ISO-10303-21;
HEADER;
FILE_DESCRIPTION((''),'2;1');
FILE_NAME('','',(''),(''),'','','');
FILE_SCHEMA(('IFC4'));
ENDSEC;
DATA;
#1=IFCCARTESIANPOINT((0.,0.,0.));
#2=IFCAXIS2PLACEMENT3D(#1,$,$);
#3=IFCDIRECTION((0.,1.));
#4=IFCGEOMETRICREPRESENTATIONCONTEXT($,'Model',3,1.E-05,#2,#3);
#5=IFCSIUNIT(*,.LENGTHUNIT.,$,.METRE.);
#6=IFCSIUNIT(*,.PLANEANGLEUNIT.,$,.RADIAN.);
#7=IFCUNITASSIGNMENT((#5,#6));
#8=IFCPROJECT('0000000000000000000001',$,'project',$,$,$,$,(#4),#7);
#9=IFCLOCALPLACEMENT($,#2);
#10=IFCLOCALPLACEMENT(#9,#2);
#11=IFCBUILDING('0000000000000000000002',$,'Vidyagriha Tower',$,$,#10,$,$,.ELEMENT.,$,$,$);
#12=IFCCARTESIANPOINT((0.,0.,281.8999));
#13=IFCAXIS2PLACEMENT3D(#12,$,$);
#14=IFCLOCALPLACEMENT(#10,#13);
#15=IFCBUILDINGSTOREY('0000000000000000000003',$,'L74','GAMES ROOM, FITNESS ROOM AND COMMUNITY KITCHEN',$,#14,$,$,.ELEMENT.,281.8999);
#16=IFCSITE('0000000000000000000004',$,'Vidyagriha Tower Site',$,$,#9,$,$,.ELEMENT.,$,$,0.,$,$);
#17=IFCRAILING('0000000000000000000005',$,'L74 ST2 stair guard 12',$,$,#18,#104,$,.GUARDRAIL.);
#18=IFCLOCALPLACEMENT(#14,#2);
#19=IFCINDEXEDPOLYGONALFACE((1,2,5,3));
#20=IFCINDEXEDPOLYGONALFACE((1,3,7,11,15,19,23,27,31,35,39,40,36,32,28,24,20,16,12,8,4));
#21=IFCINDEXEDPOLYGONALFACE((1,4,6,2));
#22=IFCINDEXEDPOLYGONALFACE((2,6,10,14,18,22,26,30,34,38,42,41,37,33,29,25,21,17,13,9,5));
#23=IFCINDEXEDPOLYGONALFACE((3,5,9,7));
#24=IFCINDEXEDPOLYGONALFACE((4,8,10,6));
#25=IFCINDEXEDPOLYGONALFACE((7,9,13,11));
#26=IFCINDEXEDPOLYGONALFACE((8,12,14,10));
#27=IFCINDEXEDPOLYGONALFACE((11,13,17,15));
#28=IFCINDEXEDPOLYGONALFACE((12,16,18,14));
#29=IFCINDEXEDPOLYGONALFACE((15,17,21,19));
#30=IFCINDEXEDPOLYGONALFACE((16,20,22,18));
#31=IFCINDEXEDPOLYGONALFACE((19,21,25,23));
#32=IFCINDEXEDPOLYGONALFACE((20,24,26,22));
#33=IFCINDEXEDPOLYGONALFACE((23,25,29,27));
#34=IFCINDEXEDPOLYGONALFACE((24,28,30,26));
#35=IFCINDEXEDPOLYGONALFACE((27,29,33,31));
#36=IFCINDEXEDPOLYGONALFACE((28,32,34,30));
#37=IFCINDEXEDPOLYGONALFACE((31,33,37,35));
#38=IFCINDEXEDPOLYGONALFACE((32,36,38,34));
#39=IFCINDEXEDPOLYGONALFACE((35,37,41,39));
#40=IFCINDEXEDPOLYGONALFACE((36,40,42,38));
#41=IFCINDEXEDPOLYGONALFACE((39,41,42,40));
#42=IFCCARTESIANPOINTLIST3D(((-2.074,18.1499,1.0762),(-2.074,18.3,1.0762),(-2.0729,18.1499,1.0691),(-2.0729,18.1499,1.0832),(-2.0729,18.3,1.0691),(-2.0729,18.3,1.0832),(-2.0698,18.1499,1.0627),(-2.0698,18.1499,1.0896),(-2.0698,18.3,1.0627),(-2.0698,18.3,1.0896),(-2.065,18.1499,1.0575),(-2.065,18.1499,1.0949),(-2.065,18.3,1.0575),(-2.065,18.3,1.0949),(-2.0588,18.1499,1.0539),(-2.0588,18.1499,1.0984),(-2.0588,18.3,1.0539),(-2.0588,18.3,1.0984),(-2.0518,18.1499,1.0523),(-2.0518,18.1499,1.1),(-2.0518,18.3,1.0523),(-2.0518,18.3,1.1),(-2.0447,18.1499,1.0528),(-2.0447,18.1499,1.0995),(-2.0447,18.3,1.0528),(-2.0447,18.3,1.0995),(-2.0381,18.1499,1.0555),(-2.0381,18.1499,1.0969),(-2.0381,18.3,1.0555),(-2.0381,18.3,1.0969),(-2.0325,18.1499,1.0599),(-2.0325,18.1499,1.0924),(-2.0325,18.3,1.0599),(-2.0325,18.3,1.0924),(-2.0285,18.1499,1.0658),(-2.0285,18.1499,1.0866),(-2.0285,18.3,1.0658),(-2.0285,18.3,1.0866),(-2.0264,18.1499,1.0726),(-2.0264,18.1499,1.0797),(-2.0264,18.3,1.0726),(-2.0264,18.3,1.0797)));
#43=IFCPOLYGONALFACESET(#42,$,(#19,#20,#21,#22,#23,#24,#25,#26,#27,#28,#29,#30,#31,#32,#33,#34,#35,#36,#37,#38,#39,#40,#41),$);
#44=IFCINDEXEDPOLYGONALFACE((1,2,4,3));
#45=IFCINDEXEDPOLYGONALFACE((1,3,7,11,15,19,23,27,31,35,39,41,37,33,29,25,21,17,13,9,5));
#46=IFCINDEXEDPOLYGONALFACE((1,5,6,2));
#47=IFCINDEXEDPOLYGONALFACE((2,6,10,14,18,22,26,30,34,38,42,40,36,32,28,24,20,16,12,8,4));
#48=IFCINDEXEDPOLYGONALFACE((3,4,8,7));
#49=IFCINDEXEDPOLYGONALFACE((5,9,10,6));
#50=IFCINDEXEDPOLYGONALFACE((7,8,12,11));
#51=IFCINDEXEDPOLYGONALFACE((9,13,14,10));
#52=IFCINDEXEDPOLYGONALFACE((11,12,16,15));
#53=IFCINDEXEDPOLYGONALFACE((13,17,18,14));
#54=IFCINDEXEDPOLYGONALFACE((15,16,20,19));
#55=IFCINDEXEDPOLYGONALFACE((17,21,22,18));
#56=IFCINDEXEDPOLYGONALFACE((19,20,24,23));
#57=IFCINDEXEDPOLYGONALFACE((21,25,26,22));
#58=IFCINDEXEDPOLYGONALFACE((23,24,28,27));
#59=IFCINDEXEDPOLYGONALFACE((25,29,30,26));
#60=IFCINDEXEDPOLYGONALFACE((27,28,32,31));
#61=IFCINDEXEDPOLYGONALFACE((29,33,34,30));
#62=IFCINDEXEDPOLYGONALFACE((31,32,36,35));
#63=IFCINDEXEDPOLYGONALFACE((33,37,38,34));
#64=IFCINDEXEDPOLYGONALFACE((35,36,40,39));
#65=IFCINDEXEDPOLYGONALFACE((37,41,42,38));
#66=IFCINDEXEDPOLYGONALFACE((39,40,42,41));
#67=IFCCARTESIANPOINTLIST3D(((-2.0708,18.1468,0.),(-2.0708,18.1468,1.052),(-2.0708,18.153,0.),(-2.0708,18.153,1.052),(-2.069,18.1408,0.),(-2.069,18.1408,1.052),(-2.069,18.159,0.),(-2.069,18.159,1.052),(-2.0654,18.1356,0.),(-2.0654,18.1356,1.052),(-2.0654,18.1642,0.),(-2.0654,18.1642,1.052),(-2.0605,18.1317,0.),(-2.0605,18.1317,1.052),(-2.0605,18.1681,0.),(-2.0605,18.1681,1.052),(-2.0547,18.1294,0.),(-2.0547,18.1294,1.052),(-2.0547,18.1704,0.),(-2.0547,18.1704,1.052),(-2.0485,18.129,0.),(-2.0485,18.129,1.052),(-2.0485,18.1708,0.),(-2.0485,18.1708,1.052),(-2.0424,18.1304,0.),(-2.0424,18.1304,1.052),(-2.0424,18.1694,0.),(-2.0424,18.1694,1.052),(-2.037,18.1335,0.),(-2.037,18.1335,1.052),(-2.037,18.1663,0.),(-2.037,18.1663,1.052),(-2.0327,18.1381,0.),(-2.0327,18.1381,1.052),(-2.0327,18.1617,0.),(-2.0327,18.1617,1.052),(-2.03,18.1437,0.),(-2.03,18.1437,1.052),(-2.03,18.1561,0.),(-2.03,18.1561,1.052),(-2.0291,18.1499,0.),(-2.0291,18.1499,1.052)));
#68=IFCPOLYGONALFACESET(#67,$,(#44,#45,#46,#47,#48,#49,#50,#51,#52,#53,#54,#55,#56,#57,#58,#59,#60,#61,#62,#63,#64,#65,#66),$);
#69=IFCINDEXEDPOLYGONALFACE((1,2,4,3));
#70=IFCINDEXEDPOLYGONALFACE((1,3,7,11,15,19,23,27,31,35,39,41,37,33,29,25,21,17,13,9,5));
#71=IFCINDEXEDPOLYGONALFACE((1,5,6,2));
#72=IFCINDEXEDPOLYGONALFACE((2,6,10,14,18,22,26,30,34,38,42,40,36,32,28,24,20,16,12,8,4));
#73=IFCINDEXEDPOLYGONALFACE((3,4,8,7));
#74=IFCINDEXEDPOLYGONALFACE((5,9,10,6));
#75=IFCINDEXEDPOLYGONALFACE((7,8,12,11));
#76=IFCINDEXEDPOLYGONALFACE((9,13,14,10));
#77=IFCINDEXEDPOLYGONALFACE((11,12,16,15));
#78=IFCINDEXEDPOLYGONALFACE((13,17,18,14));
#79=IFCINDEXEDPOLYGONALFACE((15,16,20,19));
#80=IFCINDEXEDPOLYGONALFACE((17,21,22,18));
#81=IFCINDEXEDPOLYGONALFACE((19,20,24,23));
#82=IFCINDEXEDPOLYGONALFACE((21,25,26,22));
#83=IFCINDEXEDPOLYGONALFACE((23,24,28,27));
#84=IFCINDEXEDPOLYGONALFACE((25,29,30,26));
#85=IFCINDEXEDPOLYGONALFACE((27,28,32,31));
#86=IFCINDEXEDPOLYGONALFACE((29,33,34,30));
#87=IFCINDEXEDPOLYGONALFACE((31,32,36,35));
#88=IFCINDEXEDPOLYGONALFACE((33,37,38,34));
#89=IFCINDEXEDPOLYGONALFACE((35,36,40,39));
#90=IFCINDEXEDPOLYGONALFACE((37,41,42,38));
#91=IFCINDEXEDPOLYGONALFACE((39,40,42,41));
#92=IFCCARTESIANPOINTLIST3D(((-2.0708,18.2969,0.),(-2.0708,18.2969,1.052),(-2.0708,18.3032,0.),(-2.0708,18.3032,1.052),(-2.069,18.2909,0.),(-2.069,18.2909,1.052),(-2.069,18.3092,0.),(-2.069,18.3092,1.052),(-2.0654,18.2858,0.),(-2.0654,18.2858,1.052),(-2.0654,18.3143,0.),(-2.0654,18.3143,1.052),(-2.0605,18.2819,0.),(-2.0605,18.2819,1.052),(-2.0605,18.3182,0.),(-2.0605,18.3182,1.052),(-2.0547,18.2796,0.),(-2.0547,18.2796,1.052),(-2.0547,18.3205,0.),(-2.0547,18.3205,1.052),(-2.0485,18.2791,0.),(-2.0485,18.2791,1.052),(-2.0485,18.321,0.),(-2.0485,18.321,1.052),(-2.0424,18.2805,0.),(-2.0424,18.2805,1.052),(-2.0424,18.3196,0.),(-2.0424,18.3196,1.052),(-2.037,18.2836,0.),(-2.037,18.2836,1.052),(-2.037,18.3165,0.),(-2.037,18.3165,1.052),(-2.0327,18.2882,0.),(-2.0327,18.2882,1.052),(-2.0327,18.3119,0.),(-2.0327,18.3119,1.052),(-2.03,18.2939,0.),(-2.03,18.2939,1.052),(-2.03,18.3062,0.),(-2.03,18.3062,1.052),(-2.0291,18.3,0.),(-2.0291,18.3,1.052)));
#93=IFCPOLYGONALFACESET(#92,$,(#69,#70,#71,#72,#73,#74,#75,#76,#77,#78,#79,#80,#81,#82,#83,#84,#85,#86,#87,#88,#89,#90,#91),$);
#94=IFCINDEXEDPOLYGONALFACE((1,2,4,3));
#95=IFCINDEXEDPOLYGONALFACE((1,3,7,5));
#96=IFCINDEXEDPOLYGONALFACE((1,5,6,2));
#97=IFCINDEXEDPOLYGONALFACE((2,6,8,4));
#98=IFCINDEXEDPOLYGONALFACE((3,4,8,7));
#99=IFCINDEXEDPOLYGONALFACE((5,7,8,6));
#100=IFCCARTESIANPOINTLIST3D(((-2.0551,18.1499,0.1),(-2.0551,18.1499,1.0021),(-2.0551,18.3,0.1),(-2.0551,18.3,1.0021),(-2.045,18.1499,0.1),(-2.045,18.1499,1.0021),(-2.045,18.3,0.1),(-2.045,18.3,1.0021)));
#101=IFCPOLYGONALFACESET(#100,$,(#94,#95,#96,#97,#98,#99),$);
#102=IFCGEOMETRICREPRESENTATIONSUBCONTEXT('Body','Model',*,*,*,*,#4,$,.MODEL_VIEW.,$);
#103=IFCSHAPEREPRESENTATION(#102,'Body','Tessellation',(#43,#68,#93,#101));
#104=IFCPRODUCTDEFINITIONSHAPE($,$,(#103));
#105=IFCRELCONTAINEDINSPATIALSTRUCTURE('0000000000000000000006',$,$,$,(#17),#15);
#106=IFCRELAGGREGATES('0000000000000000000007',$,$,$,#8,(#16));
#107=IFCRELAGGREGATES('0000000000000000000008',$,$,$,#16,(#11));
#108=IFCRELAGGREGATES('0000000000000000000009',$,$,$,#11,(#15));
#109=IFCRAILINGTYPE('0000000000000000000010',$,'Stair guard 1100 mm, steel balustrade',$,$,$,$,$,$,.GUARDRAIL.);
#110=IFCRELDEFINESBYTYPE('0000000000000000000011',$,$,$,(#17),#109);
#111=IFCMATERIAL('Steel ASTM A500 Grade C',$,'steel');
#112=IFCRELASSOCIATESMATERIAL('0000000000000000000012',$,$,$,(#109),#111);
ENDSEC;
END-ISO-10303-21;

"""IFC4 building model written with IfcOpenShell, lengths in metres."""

from ifc_helpers import new_model, si_unit, direction, frame, origin, origin_2d, place, context, subcontext, project, spatial, rectangle, circle, extrude, material, type_object, element, save


model = new_model("IFC4")

# Units and contexts
model_context = context("Model", 3, precision=1e-05, world=origin(), true_north=direction((0.0, 1.0)))
body_context = subcontext(model_context, "Body", "Model", "MODEL_VIEW")
ifc_project = project(units=[si_unit("LENGTHUNIT", "METRE"), si_unit("PLANEANGLEUNIT", "RADIAN")], contexts=[model_context])

# Site, building, storey
site_placement = place(None, origin())
site = spatial("IfcSite", under=ifc_project, at=site_placement, Name="Vidyagriha Tower Site", CompositionType="ELEMENT", RefElevation=0.0)
building_placement = place(site_placement, origin())
building = spatial("IfcBuilding", under=site, at=building_placement, Name="Vidyagriha Tower", CompositionType="ELEMENT")
storey_placement = place(building_placement, frame((0.0, 0.0, 281.8999)))
storey = spatial("IfcBuildingStorey", under=building, at=storey_placement, Name="L74", Description="GAMES ROOM, FITNESS ROOM AND COMMUNITY KITCHEN", CompositionType="ELEMENT", Elevation=281.8999)

# Railing
ifc_material_1 = material(Name="Steel ASTM A500 Grade C", Category="steel")
railing_type_1 = type_object("IfcRailingType", Name="Stair guard 1100 mm, steel balustrade", PredefinedType="GUARDRAIL", material=ifc_material_1)
railing_1_placement = place(storey_placement, frame((-2.05, 18.1499, 0.0)))
element("IfcRailing", 1, at=railing_1_placement, inside=storey, type_object=railing_type_1, Name="L74 ST2 stair guard 12", PredefinedType="GUARDRAIL", context=body_context, shape_type="SweptSolid", body=[
    extrude(circle(Radius=0.0239, at=origin_2d()), frame((0.0, 0.0, 1.0762), z_axis=(0.0, 1.0, 0.0), x_axis=(-1.0, 0.0, 0.0)), (0.0, 0.0, 1.0), 0.1501),
    extrude(circle(Radius=0.021, at=origin_2d()), origin(), (0.0, 0.0, 1.0), 1.052),
    extrude(circle(Radius=0.021, at=origin_2d()), frame((0.0, 0.1501, 0.0)), (0.0, 0.0, 1.0), 1.052),
    extrude(rectangle(XDim=0.01, YDim=0.9021, at=origin_2d()), frame((0.0, 0.0, 0.551), z_axis=(0.0, 1.0, 0.0), x_axis=(-1.0, 0.0, 0.0)), (0.0, 0.0, 1.0), 0.1501),
])

save(model, "model.ifc")
